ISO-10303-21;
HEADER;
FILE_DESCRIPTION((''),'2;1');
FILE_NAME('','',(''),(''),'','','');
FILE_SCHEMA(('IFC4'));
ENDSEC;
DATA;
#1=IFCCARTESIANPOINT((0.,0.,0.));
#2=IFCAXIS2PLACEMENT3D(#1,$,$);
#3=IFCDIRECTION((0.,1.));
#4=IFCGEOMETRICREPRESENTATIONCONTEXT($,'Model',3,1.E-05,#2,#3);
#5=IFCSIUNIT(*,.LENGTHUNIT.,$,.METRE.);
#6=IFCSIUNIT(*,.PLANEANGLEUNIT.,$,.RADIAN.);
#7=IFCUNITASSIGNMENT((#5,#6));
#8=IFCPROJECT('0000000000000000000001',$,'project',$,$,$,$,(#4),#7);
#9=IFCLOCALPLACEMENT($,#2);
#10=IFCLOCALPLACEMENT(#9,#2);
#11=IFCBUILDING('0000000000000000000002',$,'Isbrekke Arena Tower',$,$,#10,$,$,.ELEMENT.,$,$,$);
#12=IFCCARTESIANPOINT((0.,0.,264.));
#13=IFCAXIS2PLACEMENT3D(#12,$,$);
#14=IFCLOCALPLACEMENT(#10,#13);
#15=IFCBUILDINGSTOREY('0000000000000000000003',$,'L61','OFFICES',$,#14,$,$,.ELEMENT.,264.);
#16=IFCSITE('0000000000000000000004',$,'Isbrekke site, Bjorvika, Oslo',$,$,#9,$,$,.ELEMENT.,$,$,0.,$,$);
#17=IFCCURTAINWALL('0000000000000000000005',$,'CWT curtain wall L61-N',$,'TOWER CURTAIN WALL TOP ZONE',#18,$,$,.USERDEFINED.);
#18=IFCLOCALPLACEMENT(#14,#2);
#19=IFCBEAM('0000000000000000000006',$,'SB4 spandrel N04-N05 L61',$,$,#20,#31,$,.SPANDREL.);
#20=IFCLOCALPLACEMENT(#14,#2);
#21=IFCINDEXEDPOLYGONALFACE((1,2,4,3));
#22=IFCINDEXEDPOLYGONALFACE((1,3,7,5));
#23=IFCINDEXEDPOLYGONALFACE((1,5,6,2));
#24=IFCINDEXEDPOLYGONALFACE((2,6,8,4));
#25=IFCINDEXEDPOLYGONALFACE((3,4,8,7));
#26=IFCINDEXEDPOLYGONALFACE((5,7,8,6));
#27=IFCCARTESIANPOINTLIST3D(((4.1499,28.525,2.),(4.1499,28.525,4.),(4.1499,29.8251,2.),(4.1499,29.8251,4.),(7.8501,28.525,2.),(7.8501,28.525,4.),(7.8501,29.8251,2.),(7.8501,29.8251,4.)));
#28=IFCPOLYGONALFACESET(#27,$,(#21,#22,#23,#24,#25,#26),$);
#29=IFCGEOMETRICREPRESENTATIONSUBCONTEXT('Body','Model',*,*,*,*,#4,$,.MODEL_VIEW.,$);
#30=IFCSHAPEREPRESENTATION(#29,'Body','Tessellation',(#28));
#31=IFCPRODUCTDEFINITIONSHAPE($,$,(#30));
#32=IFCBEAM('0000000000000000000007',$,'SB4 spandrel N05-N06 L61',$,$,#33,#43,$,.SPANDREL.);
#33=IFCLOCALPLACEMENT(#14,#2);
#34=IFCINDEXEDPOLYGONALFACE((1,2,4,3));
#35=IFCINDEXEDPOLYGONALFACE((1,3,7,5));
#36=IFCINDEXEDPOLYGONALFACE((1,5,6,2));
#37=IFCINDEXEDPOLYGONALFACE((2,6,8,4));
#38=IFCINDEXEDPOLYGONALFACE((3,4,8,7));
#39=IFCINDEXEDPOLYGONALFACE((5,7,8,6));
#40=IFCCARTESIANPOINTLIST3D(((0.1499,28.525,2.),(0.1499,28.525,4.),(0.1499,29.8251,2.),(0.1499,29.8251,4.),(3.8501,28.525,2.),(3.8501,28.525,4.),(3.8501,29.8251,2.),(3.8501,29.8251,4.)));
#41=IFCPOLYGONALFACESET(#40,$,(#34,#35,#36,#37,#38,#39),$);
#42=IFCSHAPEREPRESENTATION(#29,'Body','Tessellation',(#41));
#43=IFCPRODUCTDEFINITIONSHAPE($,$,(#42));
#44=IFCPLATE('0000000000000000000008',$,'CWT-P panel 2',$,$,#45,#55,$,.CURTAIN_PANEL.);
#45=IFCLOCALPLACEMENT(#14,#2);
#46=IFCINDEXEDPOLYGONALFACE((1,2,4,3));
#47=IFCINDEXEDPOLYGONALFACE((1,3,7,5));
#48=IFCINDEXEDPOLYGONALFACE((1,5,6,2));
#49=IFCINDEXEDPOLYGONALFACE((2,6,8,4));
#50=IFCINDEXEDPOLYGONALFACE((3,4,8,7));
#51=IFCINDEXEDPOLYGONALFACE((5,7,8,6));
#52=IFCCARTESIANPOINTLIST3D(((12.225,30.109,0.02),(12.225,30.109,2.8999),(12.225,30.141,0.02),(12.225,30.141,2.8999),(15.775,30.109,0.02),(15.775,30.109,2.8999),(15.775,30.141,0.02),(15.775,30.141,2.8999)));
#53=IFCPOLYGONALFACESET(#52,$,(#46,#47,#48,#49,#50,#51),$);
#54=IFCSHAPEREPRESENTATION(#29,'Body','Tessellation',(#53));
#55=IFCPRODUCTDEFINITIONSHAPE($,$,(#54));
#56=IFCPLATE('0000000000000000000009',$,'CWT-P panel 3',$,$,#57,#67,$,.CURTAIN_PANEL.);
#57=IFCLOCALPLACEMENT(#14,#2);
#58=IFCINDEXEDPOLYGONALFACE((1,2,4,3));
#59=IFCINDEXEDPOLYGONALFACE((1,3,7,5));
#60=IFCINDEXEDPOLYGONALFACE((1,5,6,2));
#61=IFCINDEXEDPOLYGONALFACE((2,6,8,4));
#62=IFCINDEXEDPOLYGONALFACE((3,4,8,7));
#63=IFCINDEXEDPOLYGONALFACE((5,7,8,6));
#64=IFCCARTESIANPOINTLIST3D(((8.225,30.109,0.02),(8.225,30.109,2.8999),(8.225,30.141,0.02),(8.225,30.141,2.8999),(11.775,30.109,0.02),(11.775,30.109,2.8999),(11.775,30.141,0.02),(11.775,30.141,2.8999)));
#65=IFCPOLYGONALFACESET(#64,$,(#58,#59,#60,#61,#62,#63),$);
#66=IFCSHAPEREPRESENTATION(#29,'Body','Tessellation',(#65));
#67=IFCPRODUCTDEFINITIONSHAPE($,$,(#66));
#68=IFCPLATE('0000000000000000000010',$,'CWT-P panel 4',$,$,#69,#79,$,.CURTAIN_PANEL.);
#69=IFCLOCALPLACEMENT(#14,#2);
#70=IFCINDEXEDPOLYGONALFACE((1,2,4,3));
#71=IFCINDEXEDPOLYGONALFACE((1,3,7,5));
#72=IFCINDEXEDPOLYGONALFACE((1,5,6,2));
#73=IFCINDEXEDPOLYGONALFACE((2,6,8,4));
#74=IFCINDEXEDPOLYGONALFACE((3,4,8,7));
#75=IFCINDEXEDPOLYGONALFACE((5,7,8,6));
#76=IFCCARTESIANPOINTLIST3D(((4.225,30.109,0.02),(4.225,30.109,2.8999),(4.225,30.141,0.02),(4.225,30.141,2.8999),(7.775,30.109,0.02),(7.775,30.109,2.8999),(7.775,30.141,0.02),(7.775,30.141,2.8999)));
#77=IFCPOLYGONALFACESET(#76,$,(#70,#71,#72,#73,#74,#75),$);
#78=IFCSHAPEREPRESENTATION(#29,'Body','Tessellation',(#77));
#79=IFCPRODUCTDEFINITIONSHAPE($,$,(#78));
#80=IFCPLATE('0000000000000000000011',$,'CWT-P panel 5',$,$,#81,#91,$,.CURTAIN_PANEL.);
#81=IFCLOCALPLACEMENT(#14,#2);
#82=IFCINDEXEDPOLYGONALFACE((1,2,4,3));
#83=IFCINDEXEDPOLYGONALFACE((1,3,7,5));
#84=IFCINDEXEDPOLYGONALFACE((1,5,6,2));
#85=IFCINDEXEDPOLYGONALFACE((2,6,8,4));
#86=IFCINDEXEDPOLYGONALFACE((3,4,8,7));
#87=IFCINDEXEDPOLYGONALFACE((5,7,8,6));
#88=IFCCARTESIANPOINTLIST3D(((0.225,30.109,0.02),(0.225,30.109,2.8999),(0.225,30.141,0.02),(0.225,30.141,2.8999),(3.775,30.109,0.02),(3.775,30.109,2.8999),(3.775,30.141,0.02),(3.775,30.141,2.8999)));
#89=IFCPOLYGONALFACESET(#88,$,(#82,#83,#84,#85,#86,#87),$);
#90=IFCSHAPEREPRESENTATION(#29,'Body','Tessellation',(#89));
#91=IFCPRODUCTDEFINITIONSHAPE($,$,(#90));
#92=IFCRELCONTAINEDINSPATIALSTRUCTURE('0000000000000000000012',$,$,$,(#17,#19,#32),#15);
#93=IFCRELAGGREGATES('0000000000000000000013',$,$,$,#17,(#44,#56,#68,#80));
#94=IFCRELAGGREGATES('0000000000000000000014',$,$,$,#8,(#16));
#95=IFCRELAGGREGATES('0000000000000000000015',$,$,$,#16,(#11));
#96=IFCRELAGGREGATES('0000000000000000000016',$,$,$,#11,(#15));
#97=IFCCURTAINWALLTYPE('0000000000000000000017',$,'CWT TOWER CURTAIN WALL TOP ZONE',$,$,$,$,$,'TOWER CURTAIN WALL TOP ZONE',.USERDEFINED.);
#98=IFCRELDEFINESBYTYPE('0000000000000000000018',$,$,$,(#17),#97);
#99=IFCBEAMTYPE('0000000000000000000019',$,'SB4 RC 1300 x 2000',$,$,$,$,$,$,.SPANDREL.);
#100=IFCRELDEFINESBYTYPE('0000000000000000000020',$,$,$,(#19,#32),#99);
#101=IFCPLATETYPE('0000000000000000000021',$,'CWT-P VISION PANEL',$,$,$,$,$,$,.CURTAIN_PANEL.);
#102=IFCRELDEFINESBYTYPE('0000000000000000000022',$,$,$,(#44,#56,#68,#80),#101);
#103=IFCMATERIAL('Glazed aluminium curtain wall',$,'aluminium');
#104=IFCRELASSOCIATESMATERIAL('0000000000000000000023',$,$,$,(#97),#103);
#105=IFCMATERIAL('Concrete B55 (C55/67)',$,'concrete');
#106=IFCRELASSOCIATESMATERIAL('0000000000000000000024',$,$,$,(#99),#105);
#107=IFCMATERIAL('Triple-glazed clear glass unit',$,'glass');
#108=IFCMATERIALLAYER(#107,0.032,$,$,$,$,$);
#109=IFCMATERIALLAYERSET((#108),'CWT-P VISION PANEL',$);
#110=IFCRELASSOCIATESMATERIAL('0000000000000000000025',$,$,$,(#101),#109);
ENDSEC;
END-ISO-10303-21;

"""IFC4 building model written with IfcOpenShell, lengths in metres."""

from ifc_helpers import new_model, si_unit, direction, frame, origin, origin_2d, place, context, subcontext, project, spatial, rectangle, extrude, material, layer, layer_set, material_profile, profile_set, type_object, element, aggregate, save


model = new_model("IFC4")

# Units and contexts
model_context = context("Model", 3, precision=1e-05, world=origin(), true_north=direction((0.0, 1.0)))
body_context = subcontext(model_context, "Body", "Model", "MODEL_VIEW")
ifc_project = project(units=[si_unit("LENGTHUNIT", "METRE"), si_unit("PLANEANGLEUNIT", "RADIAN")], contexts=[model_context])

# Site, building, storey
site_placement = place(None, origin())
site = spatial("IfcSite", under=ifc_project, at=site_placement, Name="Isbrekke site, Bjorvika, Oslo", CompositionType="ELEMENT", RefElevation=0.0)
building_placement = place(site_placement, origin())
building = spatial("IfcBuilding", under=site, at=building_placement, Name="Isbrekke Arena Tower", CompositionType="ELEMENT")
storey_placement = place(building_placement, frame((0.0, 0.0, 264.0)))
storey = spatial("IfcBuildingStorey", under=building, at=storey_placement, Name="L61", Description="OFFICES", CompositionType="ELEMENT", Elevation=264.0)

# Curtain wall
ifc_material_1 = material(Name="Glazed aluminium curtain wall", Category="aluminium")
curtain_wall_type = type_object("IfcCurtainWallType", Name="CWT TOWER CURTAIN WALL TOP ZONE", ElementType="TOWER CURTAIN WALL TOP ZONE", PredefinedType="USERDEFINED", material=ifc_material_1)
curtain_wall_placement = place(storey_placement, origin())
curtain_wall = element("IfcCurtainWall", 1, at=curtain_wall_placement, inside=storey, type_object=curtain_wall_type, Name="CWT curtain wall L61-N", ObjectType="TOWER CURTAIN WALL TOP ZONE", PredefinedType="USERDEFINED")

# Beams
ifc_material_2 = material(Name="Concrete B55 (C55/67)", Category="concrete")
ifc_material_profile_1 = material_profile(ifc_material_2, rectangle(XDim=1.3, YDim=2.0, at=origin_2d()), Name="RC 1300x2000")
ifc_profile_set_1 = profile_set([ifc_material_profile_1], Name="Concrete B55 (C55/67)")
beam_type_1 = type_object("IfcBeamType", Name="SB4 RC 1300 x 2000", PredefinedType="SPANDREL", material=ifc_profile_set_1)
for number, where, z_axis, x_axis, name in (
    (2, (7.8501, 29.175, 3.0), (-1.0, 0.0, 0.0), (0.0, -1.0, 0.0), "SB4 spandrel N04-N05 L61"),
    (3, (3.8501, 29.175, 3.0), (-1.0, 0.0, 0.0), (0.0, -1.0, 0.0), "SB4 spandrel N05-N06 L61"),
):
    element("IfcBeam", number, at=place(storey_placement, frame(where, z_axis=z_axis, x_axis=x_axis)), inside=storey, type_object=beam_type_1, Name=name, PredefinedType="SPANDREL", context=body_context, shape_type="SweptSolid", body=[
        extrude(rectangle(XDim=1.3, YDim=2.0, at=origin_2d()), origin(), (0.0, 0.0, 1.0), 3.7002),
    ])

# Plates
ifc_material_3 = material(Name="Triple-glazed clear glass unit", Category="glass")
ifc_layer = layer(ifc_material_3, 0.032)
ifc_layer_set = layer_set([ifc_layer], Name="CWT-P VISION PANEL")
plate_type = type_object("IfcPlateType", Name="CWT-P VISION PANEL", PredefinedType="CURTAIN_PANEL", material=ifc_layer_set)
plate_1_placement = place(storey_placement, frame((14.0, 30.125, 0.02), z_axis=(0.0, 0.0, 1.0), x_axis=(-1.0, 0.0, 0.0)))
plate_1 = element("IfcPlate", 4, at=plate_1_placement, type_object=plate_type, Name="CWT-P panel 2", PredefinedType="CURTAIN_PANEL", context=body_context, shape_type="SweptSolid", body=[
    extrude(rectangle(XDim=3.55, YDim=0.032, at=origin_2d()), origin(), (0.0, 0.0, 1.0), 2.8799),
])
plate_2_placement = place(storey_placement, frame((10.0, 30.125, 0.02), z_axis=(0.0, 0.0, 1.0), x_axis=(-1.0, 0.0, 0.0)))
plate_2 = element("IfcPlate", 5, at=plate_2_placement, type_object=plate_type, Name="CWT-P panel 3", PredefinedType="CURTAIN_PANEL", context=body_context, shape_type="SweptSolid", body=[
    extrude(rectangle(XDim=3.55, YDim=0.032, at=origin_2d()), origin(), (0.0, 0.0, 1.0), 2.8799),
])
plate_3_placement = place(storey_placement, frame((6.0, 30.125, 0.02), z_axis=(0.0, 0.0, 1.0), x_axis=(-1.0, 0.0, 0.0)))
plate_3 = element("IfcPlate", 6, at=plate_3_placement, type_object=plate_type, Name="CWT-P panel 4", PredefinedType="CURTAIN_PANEL", context=body_context, shape_type="SweptSolid", body=[
    extrude(rectangle(XDim=3.55, YDim=0.032, at=origin_2d()), origin(), (0.0, 0.0, 1.0), 2.8799),
])
plate_4_placement = place(storey_placement, frame((2.0, 30.125, 0.02), z_axis=(0.0, 0.0, 1.0), x_axis=(-1.0, 0.0, 0.0)))
plate_4 = element("IfcPlate", 7, at=plate_4_placement, type_object=plate_type, Name="CWT-P panel 5", PredefinedType="CURTAIN_PANEL", context=body_context, shape_type="SweptSolid", body=[
    extrude(rectangle(XDim=3.55, YDim=0.032, at=origin_2d()), origin(), (0.0, 0.0, 1.0), 2.8799),
])
aggregate(curtain_wall, [plate_1, plate_2, plate_3, plate_4])

save(model, "model.ifc")
